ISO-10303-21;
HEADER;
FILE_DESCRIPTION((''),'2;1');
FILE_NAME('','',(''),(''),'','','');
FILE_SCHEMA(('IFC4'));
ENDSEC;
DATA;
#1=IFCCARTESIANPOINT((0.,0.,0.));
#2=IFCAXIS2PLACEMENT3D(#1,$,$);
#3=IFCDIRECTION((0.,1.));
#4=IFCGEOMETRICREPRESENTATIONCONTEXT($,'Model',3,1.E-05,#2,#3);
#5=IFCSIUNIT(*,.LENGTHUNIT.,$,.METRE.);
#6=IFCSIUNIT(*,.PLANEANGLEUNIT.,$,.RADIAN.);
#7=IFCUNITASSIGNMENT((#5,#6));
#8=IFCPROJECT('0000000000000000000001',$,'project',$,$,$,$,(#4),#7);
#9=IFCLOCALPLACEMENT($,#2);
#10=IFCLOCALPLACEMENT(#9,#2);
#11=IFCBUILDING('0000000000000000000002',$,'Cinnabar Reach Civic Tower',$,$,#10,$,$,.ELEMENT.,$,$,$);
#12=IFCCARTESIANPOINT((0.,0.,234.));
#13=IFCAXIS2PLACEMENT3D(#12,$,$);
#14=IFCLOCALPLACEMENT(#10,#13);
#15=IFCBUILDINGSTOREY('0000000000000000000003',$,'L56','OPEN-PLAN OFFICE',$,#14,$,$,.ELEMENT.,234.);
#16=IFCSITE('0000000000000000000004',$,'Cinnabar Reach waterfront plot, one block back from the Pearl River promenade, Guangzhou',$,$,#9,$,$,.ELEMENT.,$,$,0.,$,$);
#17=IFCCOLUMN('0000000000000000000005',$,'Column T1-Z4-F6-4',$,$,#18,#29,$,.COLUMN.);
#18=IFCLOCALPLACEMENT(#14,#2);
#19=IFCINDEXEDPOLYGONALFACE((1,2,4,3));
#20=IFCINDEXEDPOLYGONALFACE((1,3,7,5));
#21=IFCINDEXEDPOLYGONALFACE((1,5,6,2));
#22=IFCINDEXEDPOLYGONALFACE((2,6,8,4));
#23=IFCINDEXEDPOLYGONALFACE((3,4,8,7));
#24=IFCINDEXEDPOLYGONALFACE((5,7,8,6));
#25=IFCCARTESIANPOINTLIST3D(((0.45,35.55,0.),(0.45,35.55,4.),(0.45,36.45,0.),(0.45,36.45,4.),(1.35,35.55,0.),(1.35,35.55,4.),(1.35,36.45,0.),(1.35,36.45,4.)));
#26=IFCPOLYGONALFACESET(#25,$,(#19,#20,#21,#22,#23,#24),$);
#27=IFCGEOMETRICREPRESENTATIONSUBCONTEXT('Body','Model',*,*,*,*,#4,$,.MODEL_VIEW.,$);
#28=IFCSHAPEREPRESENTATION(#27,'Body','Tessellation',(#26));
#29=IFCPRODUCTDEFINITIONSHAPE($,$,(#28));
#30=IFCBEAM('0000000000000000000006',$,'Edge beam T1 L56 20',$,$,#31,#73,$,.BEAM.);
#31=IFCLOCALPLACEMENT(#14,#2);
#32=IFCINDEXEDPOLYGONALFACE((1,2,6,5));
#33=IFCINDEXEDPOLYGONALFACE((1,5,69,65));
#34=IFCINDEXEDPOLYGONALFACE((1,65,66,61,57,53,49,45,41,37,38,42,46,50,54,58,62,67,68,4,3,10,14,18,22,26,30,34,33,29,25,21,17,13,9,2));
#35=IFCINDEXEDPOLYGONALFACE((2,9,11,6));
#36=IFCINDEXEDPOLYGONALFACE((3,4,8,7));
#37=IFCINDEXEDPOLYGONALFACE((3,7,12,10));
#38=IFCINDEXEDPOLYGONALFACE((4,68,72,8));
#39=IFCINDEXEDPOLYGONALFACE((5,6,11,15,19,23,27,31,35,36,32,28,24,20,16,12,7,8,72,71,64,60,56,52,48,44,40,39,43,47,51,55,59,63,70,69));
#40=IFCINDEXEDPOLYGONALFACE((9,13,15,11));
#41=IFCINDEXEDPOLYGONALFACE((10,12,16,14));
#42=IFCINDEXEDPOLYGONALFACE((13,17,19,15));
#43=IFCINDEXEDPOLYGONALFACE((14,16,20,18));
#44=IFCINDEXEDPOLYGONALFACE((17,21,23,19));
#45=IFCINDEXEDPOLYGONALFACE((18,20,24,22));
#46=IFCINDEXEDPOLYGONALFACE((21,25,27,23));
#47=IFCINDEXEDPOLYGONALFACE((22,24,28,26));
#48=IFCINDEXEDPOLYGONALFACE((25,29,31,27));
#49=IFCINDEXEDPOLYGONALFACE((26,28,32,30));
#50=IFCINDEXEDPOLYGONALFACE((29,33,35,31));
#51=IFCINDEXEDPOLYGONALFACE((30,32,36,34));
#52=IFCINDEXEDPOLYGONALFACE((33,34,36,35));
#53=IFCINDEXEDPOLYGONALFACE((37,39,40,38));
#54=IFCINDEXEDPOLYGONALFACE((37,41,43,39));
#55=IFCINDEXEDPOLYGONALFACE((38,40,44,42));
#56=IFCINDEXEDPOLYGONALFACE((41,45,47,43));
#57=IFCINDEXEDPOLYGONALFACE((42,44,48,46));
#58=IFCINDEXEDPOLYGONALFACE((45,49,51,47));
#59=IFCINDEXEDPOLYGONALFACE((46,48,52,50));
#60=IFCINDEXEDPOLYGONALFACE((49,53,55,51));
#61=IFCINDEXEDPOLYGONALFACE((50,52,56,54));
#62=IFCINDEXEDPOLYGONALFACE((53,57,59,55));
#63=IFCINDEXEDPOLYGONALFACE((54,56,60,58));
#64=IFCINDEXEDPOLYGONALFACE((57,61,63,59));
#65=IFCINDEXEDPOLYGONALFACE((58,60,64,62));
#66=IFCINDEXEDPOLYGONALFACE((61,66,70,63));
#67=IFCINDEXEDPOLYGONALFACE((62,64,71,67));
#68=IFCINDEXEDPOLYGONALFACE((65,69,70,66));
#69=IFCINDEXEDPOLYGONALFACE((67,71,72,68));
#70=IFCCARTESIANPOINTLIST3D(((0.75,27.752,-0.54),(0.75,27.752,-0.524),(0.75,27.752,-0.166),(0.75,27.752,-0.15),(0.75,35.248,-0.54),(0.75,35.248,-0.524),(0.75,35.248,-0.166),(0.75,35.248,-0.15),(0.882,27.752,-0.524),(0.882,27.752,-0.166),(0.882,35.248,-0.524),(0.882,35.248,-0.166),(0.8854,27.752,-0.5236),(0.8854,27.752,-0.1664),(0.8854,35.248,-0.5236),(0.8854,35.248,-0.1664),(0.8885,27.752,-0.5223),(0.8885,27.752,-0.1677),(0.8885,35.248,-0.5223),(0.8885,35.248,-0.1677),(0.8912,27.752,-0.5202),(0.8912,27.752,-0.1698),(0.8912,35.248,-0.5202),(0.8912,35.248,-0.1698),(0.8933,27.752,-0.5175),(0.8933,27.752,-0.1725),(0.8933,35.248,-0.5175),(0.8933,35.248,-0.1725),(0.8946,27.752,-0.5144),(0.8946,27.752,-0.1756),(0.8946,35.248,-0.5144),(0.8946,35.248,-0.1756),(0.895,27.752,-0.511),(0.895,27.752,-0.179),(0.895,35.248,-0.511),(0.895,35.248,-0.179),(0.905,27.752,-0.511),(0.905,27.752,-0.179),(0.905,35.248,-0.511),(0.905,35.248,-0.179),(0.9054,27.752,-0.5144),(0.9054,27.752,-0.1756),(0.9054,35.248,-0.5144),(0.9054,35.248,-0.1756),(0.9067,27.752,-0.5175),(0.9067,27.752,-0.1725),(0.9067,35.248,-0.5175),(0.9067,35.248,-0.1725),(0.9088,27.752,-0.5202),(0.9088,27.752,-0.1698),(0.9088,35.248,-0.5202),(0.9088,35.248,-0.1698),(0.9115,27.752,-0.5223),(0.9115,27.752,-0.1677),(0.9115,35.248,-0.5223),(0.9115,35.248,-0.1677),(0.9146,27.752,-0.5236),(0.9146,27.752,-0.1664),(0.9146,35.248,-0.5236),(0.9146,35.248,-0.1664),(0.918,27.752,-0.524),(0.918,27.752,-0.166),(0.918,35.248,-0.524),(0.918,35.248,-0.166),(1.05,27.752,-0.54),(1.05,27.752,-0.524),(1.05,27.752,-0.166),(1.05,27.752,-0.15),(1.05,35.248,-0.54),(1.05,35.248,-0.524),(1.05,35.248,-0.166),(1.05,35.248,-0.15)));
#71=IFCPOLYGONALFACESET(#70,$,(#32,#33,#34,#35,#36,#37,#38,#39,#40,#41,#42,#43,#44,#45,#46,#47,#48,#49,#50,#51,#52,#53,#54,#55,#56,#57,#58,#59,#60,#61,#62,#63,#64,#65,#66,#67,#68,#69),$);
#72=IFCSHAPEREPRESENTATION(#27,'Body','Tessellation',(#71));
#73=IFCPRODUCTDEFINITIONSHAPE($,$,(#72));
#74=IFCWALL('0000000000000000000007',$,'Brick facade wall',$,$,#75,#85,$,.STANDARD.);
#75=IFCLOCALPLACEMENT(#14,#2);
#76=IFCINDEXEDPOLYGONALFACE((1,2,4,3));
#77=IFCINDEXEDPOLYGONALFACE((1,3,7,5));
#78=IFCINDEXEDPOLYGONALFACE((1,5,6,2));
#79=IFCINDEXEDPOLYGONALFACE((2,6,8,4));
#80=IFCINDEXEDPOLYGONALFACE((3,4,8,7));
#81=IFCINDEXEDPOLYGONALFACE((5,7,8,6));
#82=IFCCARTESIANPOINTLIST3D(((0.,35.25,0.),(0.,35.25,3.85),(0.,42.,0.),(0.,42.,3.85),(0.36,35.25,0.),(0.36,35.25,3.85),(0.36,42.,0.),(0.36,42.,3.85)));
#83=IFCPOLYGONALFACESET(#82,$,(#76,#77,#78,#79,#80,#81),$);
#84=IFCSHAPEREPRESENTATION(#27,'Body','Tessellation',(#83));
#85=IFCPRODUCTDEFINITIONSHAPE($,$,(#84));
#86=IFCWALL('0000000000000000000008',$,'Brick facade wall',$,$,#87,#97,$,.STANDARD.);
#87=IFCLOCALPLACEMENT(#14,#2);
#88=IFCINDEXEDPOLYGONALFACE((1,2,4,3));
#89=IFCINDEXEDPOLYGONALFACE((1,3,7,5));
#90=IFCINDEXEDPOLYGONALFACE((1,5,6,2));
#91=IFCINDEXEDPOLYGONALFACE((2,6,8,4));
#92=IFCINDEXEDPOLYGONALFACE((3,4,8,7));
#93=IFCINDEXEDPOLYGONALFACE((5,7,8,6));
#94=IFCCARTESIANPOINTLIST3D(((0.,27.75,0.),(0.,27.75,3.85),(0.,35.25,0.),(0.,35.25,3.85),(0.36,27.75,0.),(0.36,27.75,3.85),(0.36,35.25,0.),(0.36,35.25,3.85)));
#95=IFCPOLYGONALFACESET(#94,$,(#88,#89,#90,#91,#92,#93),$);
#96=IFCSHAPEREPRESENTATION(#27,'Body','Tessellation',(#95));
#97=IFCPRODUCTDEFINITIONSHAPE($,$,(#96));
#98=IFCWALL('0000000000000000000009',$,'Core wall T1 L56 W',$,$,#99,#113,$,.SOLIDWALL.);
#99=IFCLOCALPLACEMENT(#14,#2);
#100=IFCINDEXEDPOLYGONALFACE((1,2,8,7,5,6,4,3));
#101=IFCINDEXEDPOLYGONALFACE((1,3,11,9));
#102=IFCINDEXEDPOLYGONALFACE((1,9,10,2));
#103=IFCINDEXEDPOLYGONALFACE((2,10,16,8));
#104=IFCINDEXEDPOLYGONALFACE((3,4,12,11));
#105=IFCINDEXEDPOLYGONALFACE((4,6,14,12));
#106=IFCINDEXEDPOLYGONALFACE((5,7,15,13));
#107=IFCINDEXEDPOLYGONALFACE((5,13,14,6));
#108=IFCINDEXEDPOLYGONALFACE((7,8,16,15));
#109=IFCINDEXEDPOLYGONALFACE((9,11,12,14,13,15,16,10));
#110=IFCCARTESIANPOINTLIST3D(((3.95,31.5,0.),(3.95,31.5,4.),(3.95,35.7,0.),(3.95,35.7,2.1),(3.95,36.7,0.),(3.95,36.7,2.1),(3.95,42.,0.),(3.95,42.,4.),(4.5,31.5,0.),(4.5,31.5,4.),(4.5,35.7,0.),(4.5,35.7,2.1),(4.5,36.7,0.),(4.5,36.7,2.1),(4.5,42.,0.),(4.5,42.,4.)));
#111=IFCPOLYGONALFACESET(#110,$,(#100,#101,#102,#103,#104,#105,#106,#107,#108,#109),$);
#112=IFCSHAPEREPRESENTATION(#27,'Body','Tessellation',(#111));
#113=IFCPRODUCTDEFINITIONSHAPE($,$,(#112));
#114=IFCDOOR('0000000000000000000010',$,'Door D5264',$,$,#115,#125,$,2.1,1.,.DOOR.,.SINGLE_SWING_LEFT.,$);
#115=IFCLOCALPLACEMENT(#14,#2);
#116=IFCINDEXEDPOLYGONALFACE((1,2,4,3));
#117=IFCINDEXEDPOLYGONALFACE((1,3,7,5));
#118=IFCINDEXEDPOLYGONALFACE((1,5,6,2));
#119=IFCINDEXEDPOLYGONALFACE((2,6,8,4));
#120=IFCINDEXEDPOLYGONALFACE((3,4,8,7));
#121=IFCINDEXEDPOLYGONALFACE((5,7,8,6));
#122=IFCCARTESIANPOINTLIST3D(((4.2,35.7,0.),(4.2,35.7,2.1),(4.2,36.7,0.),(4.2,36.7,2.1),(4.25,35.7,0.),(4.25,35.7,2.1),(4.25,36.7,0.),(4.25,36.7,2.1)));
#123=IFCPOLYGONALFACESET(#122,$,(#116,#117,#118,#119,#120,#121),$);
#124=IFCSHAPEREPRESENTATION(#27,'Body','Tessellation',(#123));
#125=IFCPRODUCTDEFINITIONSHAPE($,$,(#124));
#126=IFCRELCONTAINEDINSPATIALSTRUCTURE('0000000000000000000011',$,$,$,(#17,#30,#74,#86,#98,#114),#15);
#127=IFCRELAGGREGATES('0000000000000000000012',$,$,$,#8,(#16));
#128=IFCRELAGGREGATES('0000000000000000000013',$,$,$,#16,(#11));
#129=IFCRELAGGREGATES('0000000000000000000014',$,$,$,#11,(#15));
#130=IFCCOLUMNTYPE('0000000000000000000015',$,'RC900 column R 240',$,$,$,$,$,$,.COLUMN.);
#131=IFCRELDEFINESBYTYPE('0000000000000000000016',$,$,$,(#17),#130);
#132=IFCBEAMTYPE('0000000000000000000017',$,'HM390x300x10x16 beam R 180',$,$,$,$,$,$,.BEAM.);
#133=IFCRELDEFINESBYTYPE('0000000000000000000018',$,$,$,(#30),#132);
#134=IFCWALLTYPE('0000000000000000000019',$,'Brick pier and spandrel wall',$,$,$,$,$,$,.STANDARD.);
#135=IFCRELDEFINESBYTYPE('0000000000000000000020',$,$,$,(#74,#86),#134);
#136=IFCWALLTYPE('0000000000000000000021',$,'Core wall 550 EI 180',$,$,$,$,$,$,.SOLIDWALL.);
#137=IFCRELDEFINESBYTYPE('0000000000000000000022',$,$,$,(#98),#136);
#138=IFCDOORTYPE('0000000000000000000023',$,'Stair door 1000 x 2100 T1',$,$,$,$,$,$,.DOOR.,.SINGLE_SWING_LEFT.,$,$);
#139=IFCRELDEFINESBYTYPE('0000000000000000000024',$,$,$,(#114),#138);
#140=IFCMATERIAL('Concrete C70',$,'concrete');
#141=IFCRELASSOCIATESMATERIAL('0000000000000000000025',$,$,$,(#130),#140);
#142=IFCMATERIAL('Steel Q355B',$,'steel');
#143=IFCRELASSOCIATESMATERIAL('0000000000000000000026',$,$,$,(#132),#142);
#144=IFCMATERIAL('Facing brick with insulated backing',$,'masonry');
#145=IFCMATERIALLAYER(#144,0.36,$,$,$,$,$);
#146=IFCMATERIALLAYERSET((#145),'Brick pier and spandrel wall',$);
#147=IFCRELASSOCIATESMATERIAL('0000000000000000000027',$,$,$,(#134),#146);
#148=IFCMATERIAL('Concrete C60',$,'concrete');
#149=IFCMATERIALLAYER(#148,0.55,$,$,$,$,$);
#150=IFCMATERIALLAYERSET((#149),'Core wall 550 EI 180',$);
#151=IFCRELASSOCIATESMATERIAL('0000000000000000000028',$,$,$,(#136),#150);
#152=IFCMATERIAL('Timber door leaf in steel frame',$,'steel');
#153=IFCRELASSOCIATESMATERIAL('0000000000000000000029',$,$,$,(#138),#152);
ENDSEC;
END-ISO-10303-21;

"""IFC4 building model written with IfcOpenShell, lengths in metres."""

from ifc_helpers import new_model, si_unit, direction, frame, frame_2d, origin, origin_2d, place, context, subcontext, project, spatial, rectangle, i_section, extrude, material, layer, layer_set, material_profile, profile_set, type_object, element, fill, save


model = new_model("IFC4")

# Units and contexts
model_context = context("Model", 3, precision=1e-05, world=origin(), true_north=direction((0.0, 1.0)))
body_context = subcontext(model_context, "Body", "Model", "MODEL_VIEW")
ifc_project = project(units=[si_unit("LENGTHUNIT", "METRE"), si_unit("PLANEANGLEUNIT", "RADIAN")], contexts=[model_context])

# Site, building, storey
site_placement = place(None, origin())
site = spatial("IfcSite", under=ifc_project, at=site_placement, Name="Cinnabar Reach waterfront plot, one block back from the Pearl River promenade, Guangzhou", CompositionType="ELEMENT", RefElevation=0.0)
building_placement = place(site_placement, origin())
building = spatial("IfcBuilding", under=site, at=building_placement, Name="Cinnabar Reach Civic Tower", CompositionType="ELEMENT")
storey_placement = place(building_placement, frame((0.0, 0.0, 234.0)))
storey = spatial("IfcBuildingStorey", under=building, at=storey_placement, Name="L56", Description="OPEN-PLAN OFFICE", CompositionType="ELEMENT", Elevation=234.0)

# Column
ifc_material_1 = material(Name="Concrete C70", Category="concrete")
ifc_material_profile_1 = material_profile(ifc_material_1, rectangle(XDim=0.9, YDim=0.9, at=origin_2d()), Name="RC900")
ifc_profile_set_1 = profile_set([ifc_material_profile_1], Name="Concrete C70")
column_type = type_object("IfcColumnType", Name="RC900 column R 240", PredefinedType="COLUMN", material=ifc_profile_set_1)
column_placement = place(storey_placement, frame((0.9, 36.0, 0.0), z_axis=(0.0, 0.0, 1.0), x_axis=(1.0, 0.0, 0.0)))
element("IfcColumn", 1, at=column_placement, inside=storey, type_object=column_type, Name="Column T1-Z4-F6-4", PredefinedType="COLUMN", context=body_context, shape_type="SweptSolid", body=[
    extrude(rectangle(XDim=0.9, YDim=0.9, at=origin_2d()), origin(), (0.0, 0.0, 1.0), 4.0),
])

# Beam
ifc_material_2 = material(Name="Steel Q355B", Category="steel")
ifc_material_profile_2 = material_profile(ifc_material_2, i_section(OverallWidth=0.3, OverallDepth=0.39, WebThickness=0.01, FlangeThickness=0.016, FilletRadius=0.013, at=origin_2d()), Name="HM390x300x10x16")
ifc_profile_set_2 = profile_set([ifc_material_profile_2], Name="Steel Q355B")
beam_type = type_object("IfcBeamType", Name="HM390x300x10x16 beam R 180", PredefinedType="BEAM", material=ifc_profile_set_2)
beam_placement = place(storey_placement, frame((0.9, 35.248, -0.345), z_axis=(0.0, -1.0, 0.0), x_axis=(1.0, 0.0, 0.0)))
element("IfcBeam", 2, at=beam_placement, inside=storey, type_object=beam_type, Name="Edge beam T1 L56 20", PredefinedType="BEAM", context=body_context, shape_type="SweptSolid", body=[
    extrude(i_section(OverallWidth=0.3, OverallDepth=0.39, WebThickness=0.01, FlangeThickness=0.016, FilletRadius=0.013, at=origin_2d()), origin(), (0.0, 0.0, 1.0), 7.496),
])

# Walls
ifc_material_3 = material(Name="Facing brick with insulated backing", Category="masonry")
ifc_layer_1 = layer(ifc_material_3, 0.36)
ifc_layer_set_1 = layer_set([ifc_layer_1], Name="Brick pier and spandrel wall")
wall_type_1 = type_object("IfcWallType", Name="Brick pier and spandrel wall", PredefinedType="STANDARD", material=ifc_layer_set_1)
wall_1_placement = place(storey_placement, frame((0.18, 42.0, 0.0), z_axis=(0.0, 0.0, 1.0), x_axis=(0.0, -1.0, 0.0)))
element("IfcWall", 3, at=wall_1_placement, inside=storey, type_object=wall_type_1, Name="Brick facade wall", PredefinedType="STANDARD", context=body_context, shape_type="SweptSolid", body=[
    extrude(rectangle(XDim=6.75, YDim=0.36, at=frame_2d((3.375, 0.0))), origin(), (0.0, 0.0, 1.0), 3.85),
])
wall_2_placement = place(storey_placement, frame((0.18, 35.25, 0.0), z_axis=(0.0, 0.0, 1.0), x_axis=(0.0, -1.0, 0.0)))
element("IfcWall", 4, at=wall_2_placement, inside=storey, type_object=wall_type_1, Name="Brick facade wall", PredefinedType="STANDARD", context=body_context, shape_type="SweptSolid", body=[
    extrude(rectangle(XDim=7.5, YDim=0.36, at=frame_2d((3.75, 0.0))), origin(), (0.0, 0.0, 1.0), 3.85),
])

# Wall, opening, door
ifc_material_4 = material(Name="Concrete C60", Category="concrete")
ifc_layer_2 = layer(ifc_material_4, 0.55)
ifc_layer_set_2 = layer_set([ifc_layer_2], Name="Core wall 550 EI 180")
wall_type_2 = type_object("IfcWallType", Name="Core wall 550 EI 180", PredefinedType="SOLIDWALL", material=ifc_layer_set_2)
wall_3_placement = place(storey_placement, frame((4.225, 42.0, 0.0), z_axis=(0.0, 0.0, 1.0), x_axis=(0.0, -1.0, 0.0)))
wall_3 = element("IfcWall", 5, at=wall_3_placement, inside=storey, type_object=wall_type_2, Name="Core wall T1 L56 W", PredefinedType="SOLIDWALL", context=body_context, shape_type="SweptSolid", body=[
    extrude(rectangle(XDim=10.5, YDim=0.55, at=frame_2d((5.25, 0.0))), origin(), (0.0, 0.0, 1.0), 4.0),
])
opening_1_placement = place(wall_3_placement, frame((5.3, 0.0, 0.0)))
opening_1 = element("IfcOpeningElement", 6, at=opening_1_placement, cuts=wall_3, PredefinedType="OPENING", context=body_context, shape_type="SweptSolid", body=[
    extrude(rectangle(XDim=1.0, YDim=2.1, at=frame_2d((0.5, 1.05))), frame((0.0, 0.285, 0.0), z_axis=(0.0, -1.0, 0.0), x_axis=(1.0, 0.0, 0.0)), (0.0, 0.0, 1.0), 0.57),
])
ifc_material_5 = material(Name="Timber door leaf in steel frame", Category="steel")
door_type_1 = type_object("IfcDoorType", Name="Stair door 1000 x 2100 T1", OperationType="SINGLE_SWING_LEFT", PredefinedType="DOOR", material=ifc_material_5)
door_1_placement = place(opening_1_placement, frame((1.0, 0.0, 0.0), z_axis=(0.0, 0.0, 1.0), x_axis=(-1.0, 0.0, 0.0)))
door_1 = element("IfcDoor", 7, at=door_1_placement, inside=storey, type_object=door_type_1, Name="Door D5264", OperationType="SINGLE_SWING_LEFT", OverallHeight=2.1, OverallWidth=1.0, PredefinedType="DOOR", context=body_context, shape_type="SweptSolid", body=[
    extrude(rectangle(XDim=1.0, YDim=2.1, at=frame_2d((0.5, 1.05))), frame((0.0, 0.025, 0.0), z_axis=(0.0, -1.0, 0.0), x_axis=(1.0, 0.0, 0.0)), (0.0, 0.0, 1.0), 0.05),
])
fill(opening_1, door_1)

save(model, "model.ifc")
